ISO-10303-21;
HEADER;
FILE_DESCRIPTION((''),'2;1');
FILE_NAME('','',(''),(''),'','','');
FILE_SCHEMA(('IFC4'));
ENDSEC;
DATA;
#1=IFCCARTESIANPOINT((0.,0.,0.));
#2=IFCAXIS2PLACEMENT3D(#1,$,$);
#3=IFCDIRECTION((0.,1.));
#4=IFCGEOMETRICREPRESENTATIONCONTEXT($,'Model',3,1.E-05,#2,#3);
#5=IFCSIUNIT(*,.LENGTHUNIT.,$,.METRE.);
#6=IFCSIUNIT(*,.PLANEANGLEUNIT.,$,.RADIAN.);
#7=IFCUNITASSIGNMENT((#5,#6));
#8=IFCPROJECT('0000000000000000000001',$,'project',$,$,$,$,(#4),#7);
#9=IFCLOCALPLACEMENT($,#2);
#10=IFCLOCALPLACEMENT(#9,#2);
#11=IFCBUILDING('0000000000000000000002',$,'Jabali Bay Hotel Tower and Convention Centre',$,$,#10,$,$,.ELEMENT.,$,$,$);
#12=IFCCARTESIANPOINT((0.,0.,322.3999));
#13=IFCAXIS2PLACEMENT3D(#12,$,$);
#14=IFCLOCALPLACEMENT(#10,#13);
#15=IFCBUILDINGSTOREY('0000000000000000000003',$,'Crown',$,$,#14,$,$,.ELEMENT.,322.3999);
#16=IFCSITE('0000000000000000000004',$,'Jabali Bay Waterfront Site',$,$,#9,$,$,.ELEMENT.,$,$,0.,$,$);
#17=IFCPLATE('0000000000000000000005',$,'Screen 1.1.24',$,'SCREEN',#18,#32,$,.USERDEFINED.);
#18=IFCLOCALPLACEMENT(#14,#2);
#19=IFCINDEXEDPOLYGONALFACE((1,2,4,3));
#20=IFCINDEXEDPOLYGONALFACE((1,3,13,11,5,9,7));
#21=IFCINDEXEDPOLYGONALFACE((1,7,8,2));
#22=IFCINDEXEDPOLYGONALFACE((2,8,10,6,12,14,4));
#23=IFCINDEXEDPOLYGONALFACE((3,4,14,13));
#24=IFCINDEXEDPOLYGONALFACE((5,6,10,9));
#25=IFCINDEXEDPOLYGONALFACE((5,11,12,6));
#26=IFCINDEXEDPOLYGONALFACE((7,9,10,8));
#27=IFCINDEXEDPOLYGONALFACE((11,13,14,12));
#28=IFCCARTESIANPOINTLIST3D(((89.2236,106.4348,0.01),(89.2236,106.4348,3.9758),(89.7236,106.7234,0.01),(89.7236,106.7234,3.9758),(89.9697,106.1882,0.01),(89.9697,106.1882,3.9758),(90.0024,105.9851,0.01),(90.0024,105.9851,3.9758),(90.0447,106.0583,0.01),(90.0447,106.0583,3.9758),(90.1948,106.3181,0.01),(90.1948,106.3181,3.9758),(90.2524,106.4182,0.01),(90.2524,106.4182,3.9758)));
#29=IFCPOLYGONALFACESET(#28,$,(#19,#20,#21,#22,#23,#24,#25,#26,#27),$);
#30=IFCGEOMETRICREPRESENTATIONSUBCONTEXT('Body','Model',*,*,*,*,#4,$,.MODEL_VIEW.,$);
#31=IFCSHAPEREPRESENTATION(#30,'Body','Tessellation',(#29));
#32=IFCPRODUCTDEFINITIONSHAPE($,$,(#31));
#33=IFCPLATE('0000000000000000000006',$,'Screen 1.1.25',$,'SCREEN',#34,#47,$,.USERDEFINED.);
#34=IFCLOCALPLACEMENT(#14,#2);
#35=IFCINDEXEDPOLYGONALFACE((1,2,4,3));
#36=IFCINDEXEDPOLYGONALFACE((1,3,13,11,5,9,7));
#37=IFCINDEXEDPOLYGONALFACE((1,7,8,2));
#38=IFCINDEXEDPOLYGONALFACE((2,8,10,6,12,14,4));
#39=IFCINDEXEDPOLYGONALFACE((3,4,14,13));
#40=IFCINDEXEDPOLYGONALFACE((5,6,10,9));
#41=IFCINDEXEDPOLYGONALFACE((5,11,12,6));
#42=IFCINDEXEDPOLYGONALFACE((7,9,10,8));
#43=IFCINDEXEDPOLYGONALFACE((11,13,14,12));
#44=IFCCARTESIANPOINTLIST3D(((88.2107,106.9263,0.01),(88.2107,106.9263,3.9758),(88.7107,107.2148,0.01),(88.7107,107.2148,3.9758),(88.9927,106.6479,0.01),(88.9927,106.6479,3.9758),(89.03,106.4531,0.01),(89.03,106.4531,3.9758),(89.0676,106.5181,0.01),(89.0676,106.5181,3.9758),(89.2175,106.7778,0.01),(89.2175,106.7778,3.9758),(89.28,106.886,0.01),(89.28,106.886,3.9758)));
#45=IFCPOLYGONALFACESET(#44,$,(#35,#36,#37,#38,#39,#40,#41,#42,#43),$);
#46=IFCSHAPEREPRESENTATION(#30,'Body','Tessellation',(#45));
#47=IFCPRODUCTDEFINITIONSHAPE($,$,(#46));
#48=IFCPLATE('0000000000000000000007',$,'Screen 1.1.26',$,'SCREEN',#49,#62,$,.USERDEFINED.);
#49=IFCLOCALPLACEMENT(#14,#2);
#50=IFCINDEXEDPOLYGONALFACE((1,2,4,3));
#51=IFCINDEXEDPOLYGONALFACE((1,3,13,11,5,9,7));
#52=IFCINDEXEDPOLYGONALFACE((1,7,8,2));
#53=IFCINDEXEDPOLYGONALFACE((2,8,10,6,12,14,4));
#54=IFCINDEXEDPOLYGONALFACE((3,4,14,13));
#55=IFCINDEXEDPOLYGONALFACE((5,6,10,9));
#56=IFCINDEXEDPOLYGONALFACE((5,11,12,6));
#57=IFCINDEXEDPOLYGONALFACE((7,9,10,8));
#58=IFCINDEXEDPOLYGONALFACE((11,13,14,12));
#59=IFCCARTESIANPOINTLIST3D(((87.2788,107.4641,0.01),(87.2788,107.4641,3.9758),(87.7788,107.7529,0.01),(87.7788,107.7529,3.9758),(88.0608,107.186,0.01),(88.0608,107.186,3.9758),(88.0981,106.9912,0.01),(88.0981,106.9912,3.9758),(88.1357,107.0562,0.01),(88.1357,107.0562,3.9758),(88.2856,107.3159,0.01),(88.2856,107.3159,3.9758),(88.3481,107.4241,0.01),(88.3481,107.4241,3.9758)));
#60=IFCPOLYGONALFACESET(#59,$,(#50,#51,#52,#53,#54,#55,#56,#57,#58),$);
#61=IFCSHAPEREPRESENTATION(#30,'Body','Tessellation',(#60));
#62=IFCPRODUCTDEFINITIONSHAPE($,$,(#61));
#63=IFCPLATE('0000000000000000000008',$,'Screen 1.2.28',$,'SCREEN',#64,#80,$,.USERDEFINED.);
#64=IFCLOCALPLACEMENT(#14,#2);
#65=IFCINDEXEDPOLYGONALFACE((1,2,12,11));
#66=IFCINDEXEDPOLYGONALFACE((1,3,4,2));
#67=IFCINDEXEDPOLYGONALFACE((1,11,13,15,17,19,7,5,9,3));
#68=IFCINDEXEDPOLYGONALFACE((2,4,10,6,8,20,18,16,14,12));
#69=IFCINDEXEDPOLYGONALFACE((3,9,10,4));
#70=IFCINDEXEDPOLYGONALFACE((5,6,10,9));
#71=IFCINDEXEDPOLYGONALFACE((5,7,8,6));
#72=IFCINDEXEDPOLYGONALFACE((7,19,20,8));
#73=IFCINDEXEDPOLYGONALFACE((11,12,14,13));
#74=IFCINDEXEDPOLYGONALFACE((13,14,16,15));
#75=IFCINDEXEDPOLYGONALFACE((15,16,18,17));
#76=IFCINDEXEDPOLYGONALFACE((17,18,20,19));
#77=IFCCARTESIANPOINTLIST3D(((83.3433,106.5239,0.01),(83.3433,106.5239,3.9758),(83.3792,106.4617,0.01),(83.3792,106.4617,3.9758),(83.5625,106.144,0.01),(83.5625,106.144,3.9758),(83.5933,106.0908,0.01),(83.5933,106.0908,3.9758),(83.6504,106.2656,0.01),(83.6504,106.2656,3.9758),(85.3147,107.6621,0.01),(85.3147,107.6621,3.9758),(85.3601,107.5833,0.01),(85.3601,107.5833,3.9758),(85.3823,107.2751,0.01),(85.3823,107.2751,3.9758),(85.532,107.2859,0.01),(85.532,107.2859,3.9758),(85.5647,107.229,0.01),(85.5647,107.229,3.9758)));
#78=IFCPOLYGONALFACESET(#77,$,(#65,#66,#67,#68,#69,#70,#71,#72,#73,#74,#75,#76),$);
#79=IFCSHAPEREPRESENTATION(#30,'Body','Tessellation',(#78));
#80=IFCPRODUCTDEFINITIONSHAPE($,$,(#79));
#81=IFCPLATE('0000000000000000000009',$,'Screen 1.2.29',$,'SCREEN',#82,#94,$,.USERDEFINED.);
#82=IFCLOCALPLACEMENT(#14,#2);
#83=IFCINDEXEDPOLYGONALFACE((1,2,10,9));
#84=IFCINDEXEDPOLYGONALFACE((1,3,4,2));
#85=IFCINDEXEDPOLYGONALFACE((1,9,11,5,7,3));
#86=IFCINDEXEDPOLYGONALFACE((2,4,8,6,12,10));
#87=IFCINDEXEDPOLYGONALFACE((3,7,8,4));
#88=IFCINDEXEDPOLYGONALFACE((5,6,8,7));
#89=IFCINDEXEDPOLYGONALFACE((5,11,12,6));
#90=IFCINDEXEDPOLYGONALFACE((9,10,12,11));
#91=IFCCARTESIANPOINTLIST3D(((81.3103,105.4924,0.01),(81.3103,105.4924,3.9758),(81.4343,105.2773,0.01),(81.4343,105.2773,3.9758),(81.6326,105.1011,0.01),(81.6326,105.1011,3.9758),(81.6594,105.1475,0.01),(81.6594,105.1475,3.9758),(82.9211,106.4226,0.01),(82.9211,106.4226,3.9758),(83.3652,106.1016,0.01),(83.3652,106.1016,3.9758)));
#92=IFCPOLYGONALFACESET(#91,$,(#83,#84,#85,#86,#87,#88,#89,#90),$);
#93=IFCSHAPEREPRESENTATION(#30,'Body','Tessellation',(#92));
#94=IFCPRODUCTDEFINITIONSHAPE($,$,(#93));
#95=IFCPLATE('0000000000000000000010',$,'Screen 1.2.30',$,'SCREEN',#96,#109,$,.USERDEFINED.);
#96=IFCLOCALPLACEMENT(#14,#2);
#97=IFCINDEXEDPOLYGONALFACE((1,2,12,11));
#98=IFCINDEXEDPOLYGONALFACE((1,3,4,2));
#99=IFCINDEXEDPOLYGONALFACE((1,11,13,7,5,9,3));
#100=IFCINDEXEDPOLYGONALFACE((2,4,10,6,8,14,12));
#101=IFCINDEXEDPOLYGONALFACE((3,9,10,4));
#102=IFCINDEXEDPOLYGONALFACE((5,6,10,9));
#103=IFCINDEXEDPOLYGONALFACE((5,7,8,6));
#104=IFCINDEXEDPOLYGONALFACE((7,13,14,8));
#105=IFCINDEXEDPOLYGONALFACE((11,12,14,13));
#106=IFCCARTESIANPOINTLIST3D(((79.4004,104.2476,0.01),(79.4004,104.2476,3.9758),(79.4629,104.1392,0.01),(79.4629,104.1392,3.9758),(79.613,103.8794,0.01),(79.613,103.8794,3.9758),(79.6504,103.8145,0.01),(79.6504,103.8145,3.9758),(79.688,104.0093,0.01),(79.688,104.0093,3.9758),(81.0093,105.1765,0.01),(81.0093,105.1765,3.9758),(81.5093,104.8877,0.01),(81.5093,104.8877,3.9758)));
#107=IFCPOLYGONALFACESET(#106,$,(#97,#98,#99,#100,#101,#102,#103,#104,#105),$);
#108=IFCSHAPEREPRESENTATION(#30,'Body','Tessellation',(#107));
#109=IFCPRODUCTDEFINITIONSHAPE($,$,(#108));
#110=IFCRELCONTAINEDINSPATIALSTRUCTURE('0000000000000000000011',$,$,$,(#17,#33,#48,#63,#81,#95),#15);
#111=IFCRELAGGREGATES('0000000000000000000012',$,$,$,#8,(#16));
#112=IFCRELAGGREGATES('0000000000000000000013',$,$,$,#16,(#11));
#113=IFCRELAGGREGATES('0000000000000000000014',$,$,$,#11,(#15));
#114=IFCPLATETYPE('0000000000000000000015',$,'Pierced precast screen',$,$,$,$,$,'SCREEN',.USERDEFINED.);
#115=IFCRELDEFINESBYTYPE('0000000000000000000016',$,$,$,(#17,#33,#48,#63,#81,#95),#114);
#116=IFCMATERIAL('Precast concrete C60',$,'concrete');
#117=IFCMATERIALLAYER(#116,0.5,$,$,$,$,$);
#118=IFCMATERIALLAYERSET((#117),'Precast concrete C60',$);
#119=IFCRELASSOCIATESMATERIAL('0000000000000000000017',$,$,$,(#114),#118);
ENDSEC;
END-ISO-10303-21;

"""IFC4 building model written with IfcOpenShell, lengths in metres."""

from ifc_helpers import new_model, si_unit, direction, frame, origin, place, context, subcontext, project, spatial, polyline, outline, extrude, material, layer, layer_set, type_object, element, save


model = new_model("IFC4")

# Units and contexts
model_context = context("Model", 3, precision=1e-05, world=origin(), true_north=direction((0.0, 1.0)))
body_context = subcontext(model_context, "Body", "Model", "MODEL_VIEW")
ifc_project = project(units=[si_unit("LENGTHUNIT", "METRE"), si_unit("PLANEANGLEUNIT", "RADIAN")], contexts=[model_context])

# Site, building, storey
site_placement = place(None, origin())
site = spatial("IfcSite", under=ifc_project, at=site_placement, Name="Jabali Bay Waterfront Site", CompositionType="ELEMENT", RefElevation=0.0)
building_placement = place(site_placement, origin())
building = spatial("IfcBuilding", under=site, at=building_placement, Name="Jabali Bay Hotel Tower and Convention Centre", CompositionType="ELEMENT")
storey_placement = place(building_placement, frame((0.0, 0.0, 322.3999)))
storey = spatial("IfcBuildingStorey", under=building, at=storey_placement, Name="Crown", CompositionType="ELEMENT", Elevation=322.3999)

# Plates
ifc_material = material(Name="Precast concrete C60", Category="concrete")
ifc_layer = layer(ifc_material, 0.5)
ifc_layer_set = layer_set([ifc_layer], Name="Precast concrete C60")
plate_type = type_object("IfcPlateType", Name="Pierced precast screen", ElementType="SCREEN", PredefinedType="USERDEFINED", material=ifc_layer_set)
plate_1_placement = place(storey_placement, frame((0.0, 0.0, 0.01)))
element("IfcPlate", 1, at=plate_1_placement, inside=storey, type_object=plate_type, Name="Screen 1.1.24", ObjectType="SCREEN", PredefinedType="USERDEFINED", context=body_context, shape_type="SweptSolid", body=[
    extrude(outline(polyline([(89.2236, 106.4348), (90.0024, 105.9851), (90.0447, 106.0583), (89.9697, 106.1882), (90.1948, 106.3181), (90.2524, 106.4182), (89.7236, 106.7234), (89.2236, 106.4348)])), origin(), (0.0, 0.0, 1.0), 3.9658),
])
plate_2_placement = place(storey_placement, frame((0.0, 0.0, 0.01)))
element("IfcPlate", 2, at=plate_2_placement, inside=storey, type_object=plate_type, Name="Screen 1.1.25", ObjectType="SCREEN", PredefinedType="USERDEFINED", context=body_context, shape_type="SweptSolid", body=[
    extrude(outline(polyline([(88.2107, 106.9263), (89.03, 106.4531), (89.0676, 106.5181), (88.9927, 106.6479), (89.2175, 106.7778), (89.28, 106.886), (88.7107, 107.2148), (88.2107, 106.9263)])), origin(), (0.0, 0.0, 1.0), 3.9658),
])
plate_3_placement = place(storey_placement, frame((0.0, 0.0, 0.01)))
element("IfcPlate", 3, at=plate_3_placement, inside=storey, type_object=plate_type, Name="Screen 1.1.26", ObjectType="SCREEN", PredefinedType="USERDEFINED", context=body_context, shape_type="SweptSolid", body=[
    extrude(outline(polyline([(87.2788, 107.4641), (88.0981, 106.9912), (88.1357, 107.0562), (88.0608, 107.186), (88.2856, 107.3159), (88.3481, 107.4241), (87.7788, 107.7529), (87.2788, 107.4641)])), origin(), (0.0, 0.0, 1.0), 3.9658),
])
plate_4_placement = place(storey_placement, frame((0.0, 0.0, 0.01)))
element("IfcPlate", 4, at=plate_4_placement, inside=storey, type_object=plate_type, Name="Screen 1.2.28", ObjectType="SCREEN", PredefinedType="USERDEFINED", context=body_context, shape_type="SweptSolid", body=[
    extrude(outline(polyline([(83.5933, 106.0908), (85.5647, 107.229), (85.532, 107.2859), (85.3823, 107.2751), (85.3601, 107.5833), (85.3147, 107.6621), (83.3433, 106.5239), (83.3792, 106.4617), (83.6504, 106.2656), (83.5625, 106.144), (83.5933, 106.0908)])), origin(), (0.0, 0.0, 1.0), 3.9658),
])
plate_5_placement = place(storey_placement, frame((0.0, 0.0, 0.01)))
element("IfcPlate", 5, at=plate_5_placement, inside=storey, type_object=plate_type, Name="Screen 1.2.29", ObjectType="SCREEN", PredefinedType="USERDEFINED", context=body_context, shape_type="SweptSolid", body=[
    extrude(outline(polyline([(81.6326, 105.1011), (83.3652, 106.1016), (82.9211, 106.4226), (81.3103, 105.4924), (81.4343, 105.2773), (81.6594, 105.1475), (81.6326, 105.1011)])), origin(), (0.0, 0.0, 1.0), 3.9658),
])
plate_6_placement = place(storey_placement, frame((0.0, 0.0, 0.01)))
element("IfcPlate", 6, at=plate_6_placement, inside=storey, type_object=plate_type, Name="Screen 1.2.30", ObjectType="SCREEN", PredefinedType="USERDEFINED", context=body_context, shape_type="SweptSolid", body=[
    extrude(outline(polyline([(79.6504, 103.8145), (81.5093, 104.8877), (81.0093, 105.1765), (79.4004, 104.2476), (79.4629, 104.1392), (79.688, 104.0093), (79.613, 103.8794), (79.6504, 103.8145)])), origin(), (0.0, 0.0, 1.0), 3.9658),
])

save(model, "model.ifc")
